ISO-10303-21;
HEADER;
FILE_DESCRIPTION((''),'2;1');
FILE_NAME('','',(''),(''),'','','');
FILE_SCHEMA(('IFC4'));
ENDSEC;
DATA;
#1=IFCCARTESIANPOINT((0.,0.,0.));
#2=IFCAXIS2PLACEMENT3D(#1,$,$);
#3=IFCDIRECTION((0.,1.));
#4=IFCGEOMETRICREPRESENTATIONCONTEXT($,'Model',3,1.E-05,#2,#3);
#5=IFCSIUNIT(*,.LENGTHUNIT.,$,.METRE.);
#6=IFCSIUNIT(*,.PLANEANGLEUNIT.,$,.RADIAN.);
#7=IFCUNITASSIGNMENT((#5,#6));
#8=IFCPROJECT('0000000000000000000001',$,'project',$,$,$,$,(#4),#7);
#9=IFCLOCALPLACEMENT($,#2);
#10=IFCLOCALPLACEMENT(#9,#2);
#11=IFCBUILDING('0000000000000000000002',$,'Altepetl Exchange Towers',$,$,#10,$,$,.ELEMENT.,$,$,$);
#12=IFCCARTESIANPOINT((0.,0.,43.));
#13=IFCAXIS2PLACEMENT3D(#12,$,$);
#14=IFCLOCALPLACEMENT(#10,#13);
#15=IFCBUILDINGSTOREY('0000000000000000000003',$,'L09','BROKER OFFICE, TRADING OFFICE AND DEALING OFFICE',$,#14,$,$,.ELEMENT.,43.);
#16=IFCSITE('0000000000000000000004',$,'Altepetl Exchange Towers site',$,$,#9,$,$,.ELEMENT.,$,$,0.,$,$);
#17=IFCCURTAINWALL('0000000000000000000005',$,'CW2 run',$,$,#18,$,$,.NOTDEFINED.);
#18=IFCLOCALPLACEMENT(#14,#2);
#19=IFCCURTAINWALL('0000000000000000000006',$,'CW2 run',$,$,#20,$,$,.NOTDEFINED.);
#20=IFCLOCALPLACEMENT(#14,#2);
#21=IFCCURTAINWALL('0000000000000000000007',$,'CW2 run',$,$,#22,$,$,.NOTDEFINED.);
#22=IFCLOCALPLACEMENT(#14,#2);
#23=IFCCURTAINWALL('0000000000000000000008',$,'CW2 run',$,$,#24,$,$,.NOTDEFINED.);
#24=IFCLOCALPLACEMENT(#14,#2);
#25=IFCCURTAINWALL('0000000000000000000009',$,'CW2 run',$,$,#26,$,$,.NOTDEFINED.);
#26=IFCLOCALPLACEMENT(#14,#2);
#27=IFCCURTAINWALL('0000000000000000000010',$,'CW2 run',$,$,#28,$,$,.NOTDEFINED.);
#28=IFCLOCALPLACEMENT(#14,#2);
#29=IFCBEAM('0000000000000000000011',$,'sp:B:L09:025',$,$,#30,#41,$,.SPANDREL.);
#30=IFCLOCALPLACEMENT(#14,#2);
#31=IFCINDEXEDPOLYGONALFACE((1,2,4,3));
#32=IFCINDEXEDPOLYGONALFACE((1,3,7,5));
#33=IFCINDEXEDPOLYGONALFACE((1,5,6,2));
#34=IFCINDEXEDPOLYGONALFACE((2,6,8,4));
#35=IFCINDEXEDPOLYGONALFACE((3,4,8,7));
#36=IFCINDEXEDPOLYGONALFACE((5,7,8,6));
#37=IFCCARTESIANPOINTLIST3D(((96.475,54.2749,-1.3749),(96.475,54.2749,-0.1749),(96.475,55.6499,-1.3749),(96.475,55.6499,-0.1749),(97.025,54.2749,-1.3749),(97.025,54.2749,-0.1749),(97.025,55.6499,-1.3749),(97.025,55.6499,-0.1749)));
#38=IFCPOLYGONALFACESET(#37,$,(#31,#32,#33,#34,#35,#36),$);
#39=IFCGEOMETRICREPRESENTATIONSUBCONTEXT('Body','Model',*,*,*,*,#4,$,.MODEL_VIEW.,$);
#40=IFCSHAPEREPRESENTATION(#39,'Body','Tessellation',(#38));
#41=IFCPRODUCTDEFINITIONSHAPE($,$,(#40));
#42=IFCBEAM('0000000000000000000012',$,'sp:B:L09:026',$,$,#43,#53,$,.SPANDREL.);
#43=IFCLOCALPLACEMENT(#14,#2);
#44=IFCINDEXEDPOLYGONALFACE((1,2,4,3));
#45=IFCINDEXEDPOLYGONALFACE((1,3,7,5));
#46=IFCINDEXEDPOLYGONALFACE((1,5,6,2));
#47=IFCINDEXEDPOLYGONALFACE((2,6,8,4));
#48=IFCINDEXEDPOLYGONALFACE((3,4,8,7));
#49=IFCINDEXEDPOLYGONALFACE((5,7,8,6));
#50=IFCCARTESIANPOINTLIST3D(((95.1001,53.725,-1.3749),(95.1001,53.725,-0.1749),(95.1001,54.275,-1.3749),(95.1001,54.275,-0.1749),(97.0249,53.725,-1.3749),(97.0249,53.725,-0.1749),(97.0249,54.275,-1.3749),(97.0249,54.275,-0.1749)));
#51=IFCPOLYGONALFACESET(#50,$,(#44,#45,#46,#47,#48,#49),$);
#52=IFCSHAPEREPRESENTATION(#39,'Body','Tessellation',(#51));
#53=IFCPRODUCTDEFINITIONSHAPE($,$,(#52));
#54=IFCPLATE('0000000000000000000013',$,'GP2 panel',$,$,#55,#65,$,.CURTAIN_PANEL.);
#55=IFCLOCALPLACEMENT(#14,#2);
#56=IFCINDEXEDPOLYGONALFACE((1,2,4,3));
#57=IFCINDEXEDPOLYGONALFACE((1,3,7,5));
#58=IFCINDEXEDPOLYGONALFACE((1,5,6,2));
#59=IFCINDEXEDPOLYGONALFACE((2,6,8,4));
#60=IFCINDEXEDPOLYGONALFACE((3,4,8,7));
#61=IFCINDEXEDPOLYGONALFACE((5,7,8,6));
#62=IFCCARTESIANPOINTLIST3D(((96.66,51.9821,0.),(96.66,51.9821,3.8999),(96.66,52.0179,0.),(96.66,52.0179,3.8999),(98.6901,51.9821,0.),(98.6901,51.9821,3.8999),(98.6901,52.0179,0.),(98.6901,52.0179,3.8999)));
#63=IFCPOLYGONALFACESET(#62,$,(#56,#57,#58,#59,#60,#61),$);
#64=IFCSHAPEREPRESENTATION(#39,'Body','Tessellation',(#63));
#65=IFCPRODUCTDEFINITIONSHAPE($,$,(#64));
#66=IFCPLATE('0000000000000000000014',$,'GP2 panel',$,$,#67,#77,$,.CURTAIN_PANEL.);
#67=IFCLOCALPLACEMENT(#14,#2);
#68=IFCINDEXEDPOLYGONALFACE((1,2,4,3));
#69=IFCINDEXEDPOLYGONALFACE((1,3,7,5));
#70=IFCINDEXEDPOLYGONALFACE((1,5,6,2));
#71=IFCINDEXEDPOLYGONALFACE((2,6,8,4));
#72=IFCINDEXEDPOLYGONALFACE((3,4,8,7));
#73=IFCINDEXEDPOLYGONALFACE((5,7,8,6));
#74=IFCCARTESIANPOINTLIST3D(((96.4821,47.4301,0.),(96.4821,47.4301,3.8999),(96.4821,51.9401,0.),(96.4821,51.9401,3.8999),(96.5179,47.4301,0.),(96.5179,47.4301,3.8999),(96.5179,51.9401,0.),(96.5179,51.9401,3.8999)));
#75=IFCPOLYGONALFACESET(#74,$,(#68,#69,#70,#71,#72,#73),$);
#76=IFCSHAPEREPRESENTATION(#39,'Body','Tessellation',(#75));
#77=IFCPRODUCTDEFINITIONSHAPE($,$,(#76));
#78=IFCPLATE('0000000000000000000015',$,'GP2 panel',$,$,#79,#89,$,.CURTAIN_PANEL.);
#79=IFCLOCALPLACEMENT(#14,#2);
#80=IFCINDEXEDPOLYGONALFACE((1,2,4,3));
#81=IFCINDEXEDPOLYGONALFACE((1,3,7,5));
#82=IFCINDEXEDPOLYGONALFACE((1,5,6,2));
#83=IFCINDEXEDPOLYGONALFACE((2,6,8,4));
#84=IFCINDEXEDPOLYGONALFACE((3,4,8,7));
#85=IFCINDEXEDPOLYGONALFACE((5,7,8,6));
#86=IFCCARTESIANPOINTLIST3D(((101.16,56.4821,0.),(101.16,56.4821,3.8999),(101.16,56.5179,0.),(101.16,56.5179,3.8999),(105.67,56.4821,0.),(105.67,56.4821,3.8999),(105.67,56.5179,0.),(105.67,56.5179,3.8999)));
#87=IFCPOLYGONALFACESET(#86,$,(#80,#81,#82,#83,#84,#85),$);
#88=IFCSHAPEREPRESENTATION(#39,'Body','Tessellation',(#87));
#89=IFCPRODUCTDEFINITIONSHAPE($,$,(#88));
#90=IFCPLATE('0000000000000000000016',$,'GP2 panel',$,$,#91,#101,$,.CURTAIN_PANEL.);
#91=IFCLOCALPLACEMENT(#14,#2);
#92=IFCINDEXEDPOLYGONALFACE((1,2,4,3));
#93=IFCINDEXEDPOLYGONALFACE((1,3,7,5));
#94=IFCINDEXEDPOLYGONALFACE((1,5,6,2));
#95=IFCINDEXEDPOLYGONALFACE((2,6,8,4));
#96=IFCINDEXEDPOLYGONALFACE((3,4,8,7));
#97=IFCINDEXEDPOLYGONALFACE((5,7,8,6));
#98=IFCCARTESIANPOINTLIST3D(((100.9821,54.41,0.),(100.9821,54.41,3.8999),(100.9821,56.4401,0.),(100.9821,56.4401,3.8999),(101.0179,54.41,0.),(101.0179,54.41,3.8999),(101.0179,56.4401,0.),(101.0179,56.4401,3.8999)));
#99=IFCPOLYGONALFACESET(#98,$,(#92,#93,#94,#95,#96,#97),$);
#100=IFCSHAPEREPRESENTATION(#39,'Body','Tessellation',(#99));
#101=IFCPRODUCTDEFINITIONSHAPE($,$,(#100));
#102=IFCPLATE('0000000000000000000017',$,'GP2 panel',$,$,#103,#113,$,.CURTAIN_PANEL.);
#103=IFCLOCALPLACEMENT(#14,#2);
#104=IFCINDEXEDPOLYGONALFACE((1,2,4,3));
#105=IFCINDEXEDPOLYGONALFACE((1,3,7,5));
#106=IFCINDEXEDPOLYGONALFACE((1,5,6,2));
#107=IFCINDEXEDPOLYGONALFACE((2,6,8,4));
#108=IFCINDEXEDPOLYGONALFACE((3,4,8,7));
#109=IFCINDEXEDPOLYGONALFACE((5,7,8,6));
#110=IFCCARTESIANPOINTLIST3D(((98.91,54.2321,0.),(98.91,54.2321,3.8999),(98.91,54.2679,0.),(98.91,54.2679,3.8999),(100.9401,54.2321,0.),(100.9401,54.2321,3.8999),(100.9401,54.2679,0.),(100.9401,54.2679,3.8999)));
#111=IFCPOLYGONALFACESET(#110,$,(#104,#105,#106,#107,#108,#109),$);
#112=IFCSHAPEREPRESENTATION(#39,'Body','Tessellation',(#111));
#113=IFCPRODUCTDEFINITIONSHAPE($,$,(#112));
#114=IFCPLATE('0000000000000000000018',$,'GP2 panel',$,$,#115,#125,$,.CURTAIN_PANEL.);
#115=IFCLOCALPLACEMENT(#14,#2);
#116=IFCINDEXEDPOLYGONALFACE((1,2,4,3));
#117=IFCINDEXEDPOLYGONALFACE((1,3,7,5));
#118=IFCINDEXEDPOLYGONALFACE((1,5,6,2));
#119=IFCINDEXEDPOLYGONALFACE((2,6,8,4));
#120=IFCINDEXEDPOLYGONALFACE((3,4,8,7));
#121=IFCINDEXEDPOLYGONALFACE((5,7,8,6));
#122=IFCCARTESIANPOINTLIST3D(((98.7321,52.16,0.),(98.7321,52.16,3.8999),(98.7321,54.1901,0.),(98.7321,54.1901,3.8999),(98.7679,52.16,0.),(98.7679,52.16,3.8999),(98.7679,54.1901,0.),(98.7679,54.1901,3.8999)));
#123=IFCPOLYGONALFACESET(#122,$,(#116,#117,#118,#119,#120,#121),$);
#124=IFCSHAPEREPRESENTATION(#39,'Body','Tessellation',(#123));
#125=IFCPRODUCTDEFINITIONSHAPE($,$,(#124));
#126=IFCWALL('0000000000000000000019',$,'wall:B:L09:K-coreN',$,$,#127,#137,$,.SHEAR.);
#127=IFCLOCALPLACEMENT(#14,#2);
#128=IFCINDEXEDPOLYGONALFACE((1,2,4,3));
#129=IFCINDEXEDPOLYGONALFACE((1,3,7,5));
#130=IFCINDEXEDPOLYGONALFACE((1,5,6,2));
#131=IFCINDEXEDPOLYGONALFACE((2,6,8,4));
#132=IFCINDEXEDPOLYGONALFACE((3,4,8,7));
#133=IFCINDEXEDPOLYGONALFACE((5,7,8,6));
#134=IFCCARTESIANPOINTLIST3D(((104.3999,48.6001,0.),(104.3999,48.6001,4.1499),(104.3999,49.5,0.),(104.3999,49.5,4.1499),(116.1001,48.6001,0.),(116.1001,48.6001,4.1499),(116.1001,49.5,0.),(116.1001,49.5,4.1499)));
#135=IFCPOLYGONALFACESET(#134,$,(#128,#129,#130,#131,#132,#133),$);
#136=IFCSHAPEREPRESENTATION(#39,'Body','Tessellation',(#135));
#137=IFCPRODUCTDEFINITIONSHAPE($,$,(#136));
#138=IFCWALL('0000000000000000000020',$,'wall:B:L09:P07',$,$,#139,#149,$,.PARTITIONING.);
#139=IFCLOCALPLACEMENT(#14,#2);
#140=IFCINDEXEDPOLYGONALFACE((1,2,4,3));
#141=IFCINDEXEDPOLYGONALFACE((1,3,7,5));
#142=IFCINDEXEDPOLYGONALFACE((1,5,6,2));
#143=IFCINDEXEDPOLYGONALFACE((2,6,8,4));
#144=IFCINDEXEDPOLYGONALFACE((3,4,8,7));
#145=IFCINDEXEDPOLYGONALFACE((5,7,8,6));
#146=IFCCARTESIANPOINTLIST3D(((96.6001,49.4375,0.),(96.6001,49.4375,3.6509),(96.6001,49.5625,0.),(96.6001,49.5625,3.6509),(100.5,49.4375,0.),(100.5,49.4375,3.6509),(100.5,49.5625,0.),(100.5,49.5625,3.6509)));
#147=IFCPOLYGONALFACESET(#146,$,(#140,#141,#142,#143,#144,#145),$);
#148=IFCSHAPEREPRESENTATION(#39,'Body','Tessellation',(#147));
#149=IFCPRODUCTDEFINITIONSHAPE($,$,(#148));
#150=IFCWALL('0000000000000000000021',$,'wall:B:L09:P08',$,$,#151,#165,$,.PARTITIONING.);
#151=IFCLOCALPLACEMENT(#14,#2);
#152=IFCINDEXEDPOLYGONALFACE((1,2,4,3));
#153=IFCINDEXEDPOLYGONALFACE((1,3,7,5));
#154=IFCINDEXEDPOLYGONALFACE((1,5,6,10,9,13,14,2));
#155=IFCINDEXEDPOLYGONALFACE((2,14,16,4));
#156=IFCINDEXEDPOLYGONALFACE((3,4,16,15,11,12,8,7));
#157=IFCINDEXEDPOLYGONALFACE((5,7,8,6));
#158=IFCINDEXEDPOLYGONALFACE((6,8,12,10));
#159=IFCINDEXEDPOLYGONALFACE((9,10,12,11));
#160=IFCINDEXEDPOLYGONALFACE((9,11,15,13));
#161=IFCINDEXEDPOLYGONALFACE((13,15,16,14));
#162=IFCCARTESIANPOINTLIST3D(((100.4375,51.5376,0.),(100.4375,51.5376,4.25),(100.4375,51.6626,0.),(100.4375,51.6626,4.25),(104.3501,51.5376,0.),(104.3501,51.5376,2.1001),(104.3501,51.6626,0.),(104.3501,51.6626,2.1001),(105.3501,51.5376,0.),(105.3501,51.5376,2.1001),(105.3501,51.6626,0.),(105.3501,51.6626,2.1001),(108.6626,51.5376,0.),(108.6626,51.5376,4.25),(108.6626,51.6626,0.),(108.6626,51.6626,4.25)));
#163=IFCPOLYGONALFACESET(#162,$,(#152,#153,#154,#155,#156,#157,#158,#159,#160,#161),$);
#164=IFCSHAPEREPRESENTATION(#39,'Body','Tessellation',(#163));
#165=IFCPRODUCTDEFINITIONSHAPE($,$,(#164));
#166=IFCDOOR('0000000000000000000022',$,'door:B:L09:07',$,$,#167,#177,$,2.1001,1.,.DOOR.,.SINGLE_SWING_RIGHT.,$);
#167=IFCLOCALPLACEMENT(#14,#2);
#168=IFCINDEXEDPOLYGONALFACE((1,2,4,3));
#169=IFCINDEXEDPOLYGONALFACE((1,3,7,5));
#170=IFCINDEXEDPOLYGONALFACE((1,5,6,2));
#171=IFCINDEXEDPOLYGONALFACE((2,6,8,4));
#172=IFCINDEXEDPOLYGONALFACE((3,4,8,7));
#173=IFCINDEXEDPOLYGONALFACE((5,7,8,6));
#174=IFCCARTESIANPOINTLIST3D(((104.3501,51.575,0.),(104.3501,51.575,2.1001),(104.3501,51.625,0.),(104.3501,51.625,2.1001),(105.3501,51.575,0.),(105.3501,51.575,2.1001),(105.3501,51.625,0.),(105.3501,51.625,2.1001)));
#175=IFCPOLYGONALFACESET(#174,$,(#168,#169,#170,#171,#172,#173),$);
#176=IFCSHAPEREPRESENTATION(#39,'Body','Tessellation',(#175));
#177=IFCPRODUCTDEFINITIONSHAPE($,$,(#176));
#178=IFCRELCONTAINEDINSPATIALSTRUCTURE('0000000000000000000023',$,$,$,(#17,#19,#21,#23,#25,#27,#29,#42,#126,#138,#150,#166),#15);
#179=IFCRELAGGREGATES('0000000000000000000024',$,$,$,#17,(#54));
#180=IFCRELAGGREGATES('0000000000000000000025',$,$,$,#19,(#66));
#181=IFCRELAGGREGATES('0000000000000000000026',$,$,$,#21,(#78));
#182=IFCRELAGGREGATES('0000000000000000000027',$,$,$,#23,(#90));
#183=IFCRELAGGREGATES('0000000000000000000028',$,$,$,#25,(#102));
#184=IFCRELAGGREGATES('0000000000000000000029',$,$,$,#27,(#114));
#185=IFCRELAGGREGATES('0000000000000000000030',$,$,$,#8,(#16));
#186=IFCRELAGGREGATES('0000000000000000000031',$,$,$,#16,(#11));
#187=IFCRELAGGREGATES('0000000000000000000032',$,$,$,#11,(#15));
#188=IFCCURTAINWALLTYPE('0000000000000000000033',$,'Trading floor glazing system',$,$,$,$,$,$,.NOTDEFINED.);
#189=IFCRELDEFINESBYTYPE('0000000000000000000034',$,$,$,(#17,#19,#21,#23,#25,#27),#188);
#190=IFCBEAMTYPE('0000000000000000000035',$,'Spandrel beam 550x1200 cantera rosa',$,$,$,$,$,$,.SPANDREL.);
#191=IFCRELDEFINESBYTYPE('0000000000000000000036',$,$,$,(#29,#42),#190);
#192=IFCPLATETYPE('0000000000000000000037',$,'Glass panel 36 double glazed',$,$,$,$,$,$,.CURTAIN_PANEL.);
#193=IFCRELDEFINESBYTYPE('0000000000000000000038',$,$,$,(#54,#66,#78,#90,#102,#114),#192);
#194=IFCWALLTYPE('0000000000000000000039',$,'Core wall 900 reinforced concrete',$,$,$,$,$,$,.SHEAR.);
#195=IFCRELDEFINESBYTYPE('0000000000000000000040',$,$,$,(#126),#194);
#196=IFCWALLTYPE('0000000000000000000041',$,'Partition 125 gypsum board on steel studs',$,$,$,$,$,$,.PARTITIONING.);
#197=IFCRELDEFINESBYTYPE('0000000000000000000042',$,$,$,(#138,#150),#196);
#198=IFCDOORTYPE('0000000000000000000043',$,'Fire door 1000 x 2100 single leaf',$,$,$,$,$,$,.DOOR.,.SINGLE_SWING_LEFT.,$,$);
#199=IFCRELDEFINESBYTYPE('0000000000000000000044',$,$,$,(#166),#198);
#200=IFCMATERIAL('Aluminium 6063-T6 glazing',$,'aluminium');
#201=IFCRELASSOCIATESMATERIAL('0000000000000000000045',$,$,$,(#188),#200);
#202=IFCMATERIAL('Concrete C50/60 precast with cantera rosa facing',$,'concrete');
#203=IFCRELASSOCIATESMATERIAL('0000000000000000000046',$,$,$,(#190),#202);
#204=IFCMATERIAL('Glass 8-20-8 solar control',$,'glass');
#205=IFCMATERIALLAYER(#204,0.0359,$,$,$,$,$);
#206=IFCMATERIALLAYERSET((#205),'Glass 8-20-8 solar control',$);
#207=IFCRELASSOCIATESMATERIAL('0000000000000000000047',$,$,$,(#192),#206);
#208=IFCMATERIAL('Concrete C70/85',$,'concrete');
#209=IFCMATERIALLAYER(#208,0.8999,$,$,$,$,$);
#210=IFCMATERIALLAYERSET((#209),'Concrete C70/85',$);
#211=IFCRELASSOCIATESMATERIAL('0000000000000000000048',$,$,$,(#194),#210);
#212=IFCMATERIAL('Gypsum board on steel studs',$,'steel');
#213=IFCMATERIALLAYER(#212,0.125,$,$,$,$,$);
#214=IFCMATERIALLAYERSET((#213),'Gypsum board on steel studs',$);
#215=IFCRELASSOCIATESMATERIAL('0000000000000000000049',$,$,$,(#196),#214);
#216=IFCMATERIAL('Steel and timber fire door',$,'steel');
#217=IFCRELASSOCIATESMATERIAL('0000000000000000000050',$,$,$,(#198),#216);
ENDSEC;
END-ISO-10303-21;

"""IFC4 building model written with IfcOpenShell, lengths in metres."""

from ifc_helpers import new_model, si_unit, direction, frame, frame_2d, origin, origin_2d, place, context, subcontext, project, spatial, rectangle, extrude, material, layer, layer_set, material_profile, profile_set, type_object, element, fill, aggregate, save


model = new_model("IFC4")

# Units and contexts
model_context = context("Model", 3, precision=1e-05, world=origin(), true_north=direction((0.0, 1.0)))
body_context = subcontext(model_context, "Body", "Model", "MODEL_VIEW")
ifc_project = project(units=[si_unit("LENGTHUNIT", "METRE"), si_unit("PLANEANGLEUNIT", "RADIAN")], contexts=[model_context])

# Site, building, storey
site_placement = place(None, origin())
site = spatial("IfcSite", under=ifc_project, at=site_placement, Name="Altepetl Exchange Towers site", CompositionType="ELEMENT", RefElevation=0.0)
building_placement = place(site_placement, origin())
building = spatial("IfcBuilding", under=site, at=building_placement, Name="Altepetl Exchange Towers", CompositionType="ELEMENT")
storey_placement = place(building_placement, frame((0.0, 0.0, 43.0)))
storey = spatial("IfcBuildingStorey", under=building, at=storey_placement, Name="L09", Description="BROKER OFFICE, TRADING OFFICE AND DEALING OFFICE", CompositionType="ELEMENT", Elevation=43.0)

# Shared definitions
ifc_material_1 = material(Name="Concrete C70/85", Category="concrete")

# Curtain walls
ifc_material_2 = material(Name="Aluminium 6063-T6 glazing", Category="aluminium")
curtain_wall_type = type_object("IfcCurtainWallType", Name="Trading floor glazing system", PredefinedType="NOTDEFINED", material=ifc_material_2)
curtain_wall_1_placement = place(storey_placement, origin())
curtain_wall_1 = element("IfcCurtainWall", 1, at=curtain_wall_1_placement, inside=storey, type_object=curtain_wall_type, Name="CW2 run", PredefinedType="NOTDEFINED")
curtain_wall_2_placement = place(storey_placement, origin())
curtain_wall_2 = element("IfcCurtainWall", 2, at=curtain_wall_2_placement, inside=storey, type_object=curtain_wall_type, Name="CW2 run", PredefinedType="NOTDEFINED")

# Curtain wall
curtain_wall_3_placement = place(storey_placement, origin())
curtain_wall_3 = element("IfcCurtainWall", 3, at=curtain_wall_3_placement, inside=storey, type_object=curtain_wall_type, Name="CW2 run", PredefinedType="NOTDEFINED")

# Curtain walls
curtain_wall_4_placement = place(storey_placement, origin())
curtain_wall_4 = element("IfcCurtainWall", 4, at=curtain_wall_4_placement, inside=storey, type_object=curtain_wall_type, Name="CW2 run", PredefinedType="NOTDEFINED")
curtain_wall_5_placement = place(storey_placement, origin())
curtain_wall_5 = element("IfcCurtainWall", 5, at=curtain_wall_5_placement, inside=storey, type_object=curtain_wall_type, Name="CW2 run", PredefinedType="NOTDEFINED")
curtain_wall_6_placement = place(storey_placement, origin())
curtain_wall_6 = element("IfcCurtainWall", 6, at=curtain_wall_6_placement, inside=storey, type_object=curtain_wall_type, Name="CW2 run", PredefinedType="NOTDEFINED")

# Beams
ifc_material_3 = material(Name="Concrete C50/60 precast with cantera rosa facing", Category="concrete")
ifc_material_profile_1 = material_profile(ifc_material_3, rectangle(XDim=0.55, YDim=1.2, at=origin_2d()), Name="550 x 1200")
ifc_profile_set_1 = profile_set([ifc_material_profile_1], Name="Concrete C50/60 precast with cantera rosa facing")
beam_type_1 = type_object("IfcBeamType", Name="Spandrel beam 550x1200 cantera rosa", PredefinedType="SPANDREL", material=ifc_profile_set_1)
beam_1_placement = place(storey_placement, frame((96.75, 55.6499, -0.7749), z_axis=(0.0, -1.0, 0.0), x_axis=(1.0, 0.0, 0.0)))
element("IfcBeam", 7, at=beam_1_placement, inside=storey, type_object=beam_type_1, Name="sp:B:L09:025", PredefinedType="SPANDREL", context=body_context, shape_type="SweptSolid", body=[
    extrude(rectangle(XDim=0.55, YDim=1.2, at=origin_2d()), origin(), (0.0, 0.0, 1.0), 1.375),
])
beam_2_placement = place(storey_placement, frame((97.0249, 54.0, -0.7749), z_axis=(-1.0, 0.0, 0.0), x_axis=(0.0, -1.0, 0.0)))
element("IfcBeam", 8, at=beam_2_placement, inside=storey, type_object=beam_type_1, Name="sp:B:L09:026", PredefinedType="SPANDREL", context=body_context, shape_type="SweptSolid", body=[
    extrude(rectangle(XDim=0.55, YDim=1.2, at=origin_2d()), origin(), (0.0, 0.0, 1.0), 1.9248),
])

# Plates
ifc_material_4 = material(Name="Glass 8-20-8 solar control", Category="glass")
ifc_layer_1 = layer(ifc_material_4, 0.0359)
ifc_layer_set_1 = layer_set([ifc_layer_1], Name="Glass 8-20-8 solar control")
plate_type = type_object("IfcPlateType", Name="Glass panel 36 double glazed", PredefinedType="CURTAIN_PANEL", material=ifc_layer_set_1)
plate_1_placement = place(storey_placement, frame((97.675, 52.0, 0.0), z_axis=(0.0, 0.0, 1.0), x_axis=(-1.0, 0.0, 0.0)))
plate_1 = element("IfcPlate", 9, at=plate_1_placement, type_object=plate_type, Name="GP2 panel", PredefinedType="CURTAIN_PANEL", context=body_context, shape_type="SweptSolid", body=[
    extrude(rectangle(XDim=2.03, YDim=0.0359, at=origin_2d()), origin(), (0.0, 0.0, 1.0), 3.8999),
])
aggregate(curtain_wall_1, [plate_1])
plate_2_placement = place(storey_placement, frame((96.5, 49.6851, 0.0), z_axis=(0.0, 0.0, 1.0), x_axis=(0.0, -1.0, 0.0)))
plate_2 = element("IfcPlate", 10, at=plate_2_placement, type_object=plate_type, Name="GP2 panel", PredefinedType="CURTAIN_PANEL", context=body_context, shape_type="SweptSolid", body=[
    extrude(rectangle(XDim=4.51, YDim=0.0359, at=origin_2d()), origin(), (0.0, 0.0, 1.0), 3.8999),
])
aggregate(curtain_wall_2, [plate_2])
plate_3_placement = place(storey_placement, frame((103.415, 56.5, 0.0), z_axis=(0.0, 0.0, 1.0), x_axis=(-1.0, 0.0, 0.0)))
plate_3 = element("IfcPlate", 11, at=plate_3_placement, type_object=plate_type, Name="GP2 panel", PredefinedType="CURTAIN_PANEL", context=body_context, shape_type="SweptSolid", body=[
    extrude(rectangle(XDim=4.51, YDim=0.0359, at=origin_2d()), origin(), (0.0, 0.0, 1.0), 3.8999),
])
aggregate(curtain_wall_3, [plate_3])
plate_4_placement = place(storey_placement, frame((101.0, 55.425, 0.0), z_axis=(0.0, 0.0, 1.0), x_axis=(0.0, -1.0, 0.0)))
plate_4 = element("IfcPlate", 12, at=plate_4_placement, type_object=plate_type, Name="GP2 panel", PredefinedType="CURTAIN_PANEL", context=body_context, shape_type="SweptSolid", body=[
    extrude(rectangle(XDim=2.03, YDim=0.0359, at=origin_2d()), origin(), (0.0, 0.0, 1.0), 3.8999),
])
aggregate(curtain_wall_4, [plate_4])
plate_5_placement = place(storey_placement, frame((99.925, 54.25, 0.0), z_axis=(0.0, 0.0, 1.0), x_axis=(-1.0, 0.0, 0.0)))
plate_5 = element("IfcPlate", 13, at=plate_5_placement, type_object=plate_type, Name="GP2 panel", PredefinedType="CURTAIN_PANEL", context=body_context, shape_type="SweptSolid", body=[
    extrude(rectangle(XDim=2.03, YDim=0.0359, at=origin_2d()), origin(), (0.0, 0.0, 1.0), 3.8999),
])
aggregate(curtain_wall_5, [plate_5])
plate_6_placement = place(storey_placement, frame((98.75, 53.175, 0.0), z_axis=(0.0, 0.0, 1.0), x_axis=(0.0, -1.0, 0.0)))
plate_6 = element("IfcPlate", 14, at=plate_6_placement, type_object=plate_type, Name="GP2 panel", PredefinedType="CURTAIN_PANEL", context=body_context, shape_type="SweptSolid", body=[
    extrude(rectangle(XDim=2.03, YDim=0.0359, at=origin_2d()), origin(), (0.0, 0.0, 1.0), 3.8999),
])
aggregate(curtain_wall_6, [plate_6])

# Walls
ifc_layer_2 = layer(ifc_material_1, 0.8999)
ifc_layer_set_2 = layer_set([ifc_layer_2], Name="Concrete C70/85")
wall_type_1 = type_object("IfcWallType", Name="Core wall 900 reinforced concrete", PredefinedType="SHEAR", material=ifc_layer_set_2)
wall_1_placement = place(storey_placement, frame((104.3999, 49.05, 0.0)))
element("IfcWall", 15, at=wall_1_placement, inside=storey, type_object=wall_type_1, Name="wall:B:L09:K-coreN", PredefinedType="SHEAR", context=body_context, shape_type="SweptSolid", body=[
    extrude(rectangle(XDim=11.7002, YDim=0.8999, at=frame_2d((5.8501, 0.0))), origin(), (0.0, 0.0, 1.0), 4.1499),
])
ifc_material_5 = material(Name="Gypsum board on steel studs", Category="steel")
ifc_layer_3 = layer(ifc_material_5, 0.125)
ifc_layer_set_3 = layer_set([ifc_layer_3], Name="Gypsum board on steel studs")
wall_type_2 = type_object("IfcWallType", Name="Partition 125 gypsum board on steel studs", PredefinedType="PARTITIONING", material=ifc_layer_set_3)
wall_2_placement = place(storey_placement, frame((96.6001, 49.5, 0.0)))
element("IfcWall", 16, at=wall_2_placement, inside=storey, type_object=wall_type_2, Name="wall:B:L09:P07", PredefinedType="PARTITIONING", context=body_context, shape_type="SweptSolid", body=[
    extrude(rectangle(XDim=3.8999, YDim=0.125, at=frame_2d((1.95, 0.0))), origin(), (0.0, 0.0, 1.0), 3.6509),
])

# Wall, opening, door
wall_3_placement = place(storey_placement, frame((100.4375, 51.6001, 0.0)))
wall_3 = element("IfcWall", 17, at=wall_3_placement, inside=storey, type_object=wall_type_2, Name="wall:B:L09:P08", PredefinedType="PARTITIONING", context=body_context, shape_type="SweptSolid", body=[
    extrude(rectangle(XDim=8.2251, YDim=0.125, at=frame_2d((4.1125, 0.0))), origin(), (0.0, 0.0, 1.0), 4.25),
])
opening_placement = place(wall_3_placement, frame((3.9126, 0.0, 0.0)))
opening = element("IfcOpeningElement", 18, at=opening_placement, cuts=wall_3, PredefinedType="OPENING", context=body_context, shape_type="SweptSolid", body=[
    extrude(rectangle(XDim=1.0, YDim=2.1001, at=frame_2d((0.5, 1.05))), frame((0.0, 0.0725, 0.0), z_axis=(0.0, -1.0, 0.0), x_axis=(1.0, 0.0, 0.0)), (0.0, 0.0, 1.0), 0.145),
])
ifc_material_6 = material(Name="Steel and timber fire door", Category="steel")
door_type = type_object("IfcDoorType", Name="Fire door 1000 x 2100 single leaf", OperationType="SINGLE_SWING_LEFT", PredefinedType="DOOR", material=ifc_material_6)
door_placement = place(opening_placement, origin())
door = element("IfcDoor", 19, at=door_placement, inside=storey, type_object=door_type, Name="door:B:L09:07", OperationType="SINGLE_SWING_RIGHT", OverallHeight=2.1001, OverallWidth=1.0, PredefinedType="DOOR", context=body_context, shape_type="SweptSolid", body=[
    extrude(rectangle(XDim=1.0, YDim=2.1001, at=frame_2d((0.5, 1.05))), frame((0.0, 0.0249, 0.0), z_axis=(0.0, -1.0, 0.0), x_axis=(1.0, 0.0, 0.0)), (0.0, 0.0, 1.0), 0.05),
])
fill(opening, door)

save(model, "model.ifc")
